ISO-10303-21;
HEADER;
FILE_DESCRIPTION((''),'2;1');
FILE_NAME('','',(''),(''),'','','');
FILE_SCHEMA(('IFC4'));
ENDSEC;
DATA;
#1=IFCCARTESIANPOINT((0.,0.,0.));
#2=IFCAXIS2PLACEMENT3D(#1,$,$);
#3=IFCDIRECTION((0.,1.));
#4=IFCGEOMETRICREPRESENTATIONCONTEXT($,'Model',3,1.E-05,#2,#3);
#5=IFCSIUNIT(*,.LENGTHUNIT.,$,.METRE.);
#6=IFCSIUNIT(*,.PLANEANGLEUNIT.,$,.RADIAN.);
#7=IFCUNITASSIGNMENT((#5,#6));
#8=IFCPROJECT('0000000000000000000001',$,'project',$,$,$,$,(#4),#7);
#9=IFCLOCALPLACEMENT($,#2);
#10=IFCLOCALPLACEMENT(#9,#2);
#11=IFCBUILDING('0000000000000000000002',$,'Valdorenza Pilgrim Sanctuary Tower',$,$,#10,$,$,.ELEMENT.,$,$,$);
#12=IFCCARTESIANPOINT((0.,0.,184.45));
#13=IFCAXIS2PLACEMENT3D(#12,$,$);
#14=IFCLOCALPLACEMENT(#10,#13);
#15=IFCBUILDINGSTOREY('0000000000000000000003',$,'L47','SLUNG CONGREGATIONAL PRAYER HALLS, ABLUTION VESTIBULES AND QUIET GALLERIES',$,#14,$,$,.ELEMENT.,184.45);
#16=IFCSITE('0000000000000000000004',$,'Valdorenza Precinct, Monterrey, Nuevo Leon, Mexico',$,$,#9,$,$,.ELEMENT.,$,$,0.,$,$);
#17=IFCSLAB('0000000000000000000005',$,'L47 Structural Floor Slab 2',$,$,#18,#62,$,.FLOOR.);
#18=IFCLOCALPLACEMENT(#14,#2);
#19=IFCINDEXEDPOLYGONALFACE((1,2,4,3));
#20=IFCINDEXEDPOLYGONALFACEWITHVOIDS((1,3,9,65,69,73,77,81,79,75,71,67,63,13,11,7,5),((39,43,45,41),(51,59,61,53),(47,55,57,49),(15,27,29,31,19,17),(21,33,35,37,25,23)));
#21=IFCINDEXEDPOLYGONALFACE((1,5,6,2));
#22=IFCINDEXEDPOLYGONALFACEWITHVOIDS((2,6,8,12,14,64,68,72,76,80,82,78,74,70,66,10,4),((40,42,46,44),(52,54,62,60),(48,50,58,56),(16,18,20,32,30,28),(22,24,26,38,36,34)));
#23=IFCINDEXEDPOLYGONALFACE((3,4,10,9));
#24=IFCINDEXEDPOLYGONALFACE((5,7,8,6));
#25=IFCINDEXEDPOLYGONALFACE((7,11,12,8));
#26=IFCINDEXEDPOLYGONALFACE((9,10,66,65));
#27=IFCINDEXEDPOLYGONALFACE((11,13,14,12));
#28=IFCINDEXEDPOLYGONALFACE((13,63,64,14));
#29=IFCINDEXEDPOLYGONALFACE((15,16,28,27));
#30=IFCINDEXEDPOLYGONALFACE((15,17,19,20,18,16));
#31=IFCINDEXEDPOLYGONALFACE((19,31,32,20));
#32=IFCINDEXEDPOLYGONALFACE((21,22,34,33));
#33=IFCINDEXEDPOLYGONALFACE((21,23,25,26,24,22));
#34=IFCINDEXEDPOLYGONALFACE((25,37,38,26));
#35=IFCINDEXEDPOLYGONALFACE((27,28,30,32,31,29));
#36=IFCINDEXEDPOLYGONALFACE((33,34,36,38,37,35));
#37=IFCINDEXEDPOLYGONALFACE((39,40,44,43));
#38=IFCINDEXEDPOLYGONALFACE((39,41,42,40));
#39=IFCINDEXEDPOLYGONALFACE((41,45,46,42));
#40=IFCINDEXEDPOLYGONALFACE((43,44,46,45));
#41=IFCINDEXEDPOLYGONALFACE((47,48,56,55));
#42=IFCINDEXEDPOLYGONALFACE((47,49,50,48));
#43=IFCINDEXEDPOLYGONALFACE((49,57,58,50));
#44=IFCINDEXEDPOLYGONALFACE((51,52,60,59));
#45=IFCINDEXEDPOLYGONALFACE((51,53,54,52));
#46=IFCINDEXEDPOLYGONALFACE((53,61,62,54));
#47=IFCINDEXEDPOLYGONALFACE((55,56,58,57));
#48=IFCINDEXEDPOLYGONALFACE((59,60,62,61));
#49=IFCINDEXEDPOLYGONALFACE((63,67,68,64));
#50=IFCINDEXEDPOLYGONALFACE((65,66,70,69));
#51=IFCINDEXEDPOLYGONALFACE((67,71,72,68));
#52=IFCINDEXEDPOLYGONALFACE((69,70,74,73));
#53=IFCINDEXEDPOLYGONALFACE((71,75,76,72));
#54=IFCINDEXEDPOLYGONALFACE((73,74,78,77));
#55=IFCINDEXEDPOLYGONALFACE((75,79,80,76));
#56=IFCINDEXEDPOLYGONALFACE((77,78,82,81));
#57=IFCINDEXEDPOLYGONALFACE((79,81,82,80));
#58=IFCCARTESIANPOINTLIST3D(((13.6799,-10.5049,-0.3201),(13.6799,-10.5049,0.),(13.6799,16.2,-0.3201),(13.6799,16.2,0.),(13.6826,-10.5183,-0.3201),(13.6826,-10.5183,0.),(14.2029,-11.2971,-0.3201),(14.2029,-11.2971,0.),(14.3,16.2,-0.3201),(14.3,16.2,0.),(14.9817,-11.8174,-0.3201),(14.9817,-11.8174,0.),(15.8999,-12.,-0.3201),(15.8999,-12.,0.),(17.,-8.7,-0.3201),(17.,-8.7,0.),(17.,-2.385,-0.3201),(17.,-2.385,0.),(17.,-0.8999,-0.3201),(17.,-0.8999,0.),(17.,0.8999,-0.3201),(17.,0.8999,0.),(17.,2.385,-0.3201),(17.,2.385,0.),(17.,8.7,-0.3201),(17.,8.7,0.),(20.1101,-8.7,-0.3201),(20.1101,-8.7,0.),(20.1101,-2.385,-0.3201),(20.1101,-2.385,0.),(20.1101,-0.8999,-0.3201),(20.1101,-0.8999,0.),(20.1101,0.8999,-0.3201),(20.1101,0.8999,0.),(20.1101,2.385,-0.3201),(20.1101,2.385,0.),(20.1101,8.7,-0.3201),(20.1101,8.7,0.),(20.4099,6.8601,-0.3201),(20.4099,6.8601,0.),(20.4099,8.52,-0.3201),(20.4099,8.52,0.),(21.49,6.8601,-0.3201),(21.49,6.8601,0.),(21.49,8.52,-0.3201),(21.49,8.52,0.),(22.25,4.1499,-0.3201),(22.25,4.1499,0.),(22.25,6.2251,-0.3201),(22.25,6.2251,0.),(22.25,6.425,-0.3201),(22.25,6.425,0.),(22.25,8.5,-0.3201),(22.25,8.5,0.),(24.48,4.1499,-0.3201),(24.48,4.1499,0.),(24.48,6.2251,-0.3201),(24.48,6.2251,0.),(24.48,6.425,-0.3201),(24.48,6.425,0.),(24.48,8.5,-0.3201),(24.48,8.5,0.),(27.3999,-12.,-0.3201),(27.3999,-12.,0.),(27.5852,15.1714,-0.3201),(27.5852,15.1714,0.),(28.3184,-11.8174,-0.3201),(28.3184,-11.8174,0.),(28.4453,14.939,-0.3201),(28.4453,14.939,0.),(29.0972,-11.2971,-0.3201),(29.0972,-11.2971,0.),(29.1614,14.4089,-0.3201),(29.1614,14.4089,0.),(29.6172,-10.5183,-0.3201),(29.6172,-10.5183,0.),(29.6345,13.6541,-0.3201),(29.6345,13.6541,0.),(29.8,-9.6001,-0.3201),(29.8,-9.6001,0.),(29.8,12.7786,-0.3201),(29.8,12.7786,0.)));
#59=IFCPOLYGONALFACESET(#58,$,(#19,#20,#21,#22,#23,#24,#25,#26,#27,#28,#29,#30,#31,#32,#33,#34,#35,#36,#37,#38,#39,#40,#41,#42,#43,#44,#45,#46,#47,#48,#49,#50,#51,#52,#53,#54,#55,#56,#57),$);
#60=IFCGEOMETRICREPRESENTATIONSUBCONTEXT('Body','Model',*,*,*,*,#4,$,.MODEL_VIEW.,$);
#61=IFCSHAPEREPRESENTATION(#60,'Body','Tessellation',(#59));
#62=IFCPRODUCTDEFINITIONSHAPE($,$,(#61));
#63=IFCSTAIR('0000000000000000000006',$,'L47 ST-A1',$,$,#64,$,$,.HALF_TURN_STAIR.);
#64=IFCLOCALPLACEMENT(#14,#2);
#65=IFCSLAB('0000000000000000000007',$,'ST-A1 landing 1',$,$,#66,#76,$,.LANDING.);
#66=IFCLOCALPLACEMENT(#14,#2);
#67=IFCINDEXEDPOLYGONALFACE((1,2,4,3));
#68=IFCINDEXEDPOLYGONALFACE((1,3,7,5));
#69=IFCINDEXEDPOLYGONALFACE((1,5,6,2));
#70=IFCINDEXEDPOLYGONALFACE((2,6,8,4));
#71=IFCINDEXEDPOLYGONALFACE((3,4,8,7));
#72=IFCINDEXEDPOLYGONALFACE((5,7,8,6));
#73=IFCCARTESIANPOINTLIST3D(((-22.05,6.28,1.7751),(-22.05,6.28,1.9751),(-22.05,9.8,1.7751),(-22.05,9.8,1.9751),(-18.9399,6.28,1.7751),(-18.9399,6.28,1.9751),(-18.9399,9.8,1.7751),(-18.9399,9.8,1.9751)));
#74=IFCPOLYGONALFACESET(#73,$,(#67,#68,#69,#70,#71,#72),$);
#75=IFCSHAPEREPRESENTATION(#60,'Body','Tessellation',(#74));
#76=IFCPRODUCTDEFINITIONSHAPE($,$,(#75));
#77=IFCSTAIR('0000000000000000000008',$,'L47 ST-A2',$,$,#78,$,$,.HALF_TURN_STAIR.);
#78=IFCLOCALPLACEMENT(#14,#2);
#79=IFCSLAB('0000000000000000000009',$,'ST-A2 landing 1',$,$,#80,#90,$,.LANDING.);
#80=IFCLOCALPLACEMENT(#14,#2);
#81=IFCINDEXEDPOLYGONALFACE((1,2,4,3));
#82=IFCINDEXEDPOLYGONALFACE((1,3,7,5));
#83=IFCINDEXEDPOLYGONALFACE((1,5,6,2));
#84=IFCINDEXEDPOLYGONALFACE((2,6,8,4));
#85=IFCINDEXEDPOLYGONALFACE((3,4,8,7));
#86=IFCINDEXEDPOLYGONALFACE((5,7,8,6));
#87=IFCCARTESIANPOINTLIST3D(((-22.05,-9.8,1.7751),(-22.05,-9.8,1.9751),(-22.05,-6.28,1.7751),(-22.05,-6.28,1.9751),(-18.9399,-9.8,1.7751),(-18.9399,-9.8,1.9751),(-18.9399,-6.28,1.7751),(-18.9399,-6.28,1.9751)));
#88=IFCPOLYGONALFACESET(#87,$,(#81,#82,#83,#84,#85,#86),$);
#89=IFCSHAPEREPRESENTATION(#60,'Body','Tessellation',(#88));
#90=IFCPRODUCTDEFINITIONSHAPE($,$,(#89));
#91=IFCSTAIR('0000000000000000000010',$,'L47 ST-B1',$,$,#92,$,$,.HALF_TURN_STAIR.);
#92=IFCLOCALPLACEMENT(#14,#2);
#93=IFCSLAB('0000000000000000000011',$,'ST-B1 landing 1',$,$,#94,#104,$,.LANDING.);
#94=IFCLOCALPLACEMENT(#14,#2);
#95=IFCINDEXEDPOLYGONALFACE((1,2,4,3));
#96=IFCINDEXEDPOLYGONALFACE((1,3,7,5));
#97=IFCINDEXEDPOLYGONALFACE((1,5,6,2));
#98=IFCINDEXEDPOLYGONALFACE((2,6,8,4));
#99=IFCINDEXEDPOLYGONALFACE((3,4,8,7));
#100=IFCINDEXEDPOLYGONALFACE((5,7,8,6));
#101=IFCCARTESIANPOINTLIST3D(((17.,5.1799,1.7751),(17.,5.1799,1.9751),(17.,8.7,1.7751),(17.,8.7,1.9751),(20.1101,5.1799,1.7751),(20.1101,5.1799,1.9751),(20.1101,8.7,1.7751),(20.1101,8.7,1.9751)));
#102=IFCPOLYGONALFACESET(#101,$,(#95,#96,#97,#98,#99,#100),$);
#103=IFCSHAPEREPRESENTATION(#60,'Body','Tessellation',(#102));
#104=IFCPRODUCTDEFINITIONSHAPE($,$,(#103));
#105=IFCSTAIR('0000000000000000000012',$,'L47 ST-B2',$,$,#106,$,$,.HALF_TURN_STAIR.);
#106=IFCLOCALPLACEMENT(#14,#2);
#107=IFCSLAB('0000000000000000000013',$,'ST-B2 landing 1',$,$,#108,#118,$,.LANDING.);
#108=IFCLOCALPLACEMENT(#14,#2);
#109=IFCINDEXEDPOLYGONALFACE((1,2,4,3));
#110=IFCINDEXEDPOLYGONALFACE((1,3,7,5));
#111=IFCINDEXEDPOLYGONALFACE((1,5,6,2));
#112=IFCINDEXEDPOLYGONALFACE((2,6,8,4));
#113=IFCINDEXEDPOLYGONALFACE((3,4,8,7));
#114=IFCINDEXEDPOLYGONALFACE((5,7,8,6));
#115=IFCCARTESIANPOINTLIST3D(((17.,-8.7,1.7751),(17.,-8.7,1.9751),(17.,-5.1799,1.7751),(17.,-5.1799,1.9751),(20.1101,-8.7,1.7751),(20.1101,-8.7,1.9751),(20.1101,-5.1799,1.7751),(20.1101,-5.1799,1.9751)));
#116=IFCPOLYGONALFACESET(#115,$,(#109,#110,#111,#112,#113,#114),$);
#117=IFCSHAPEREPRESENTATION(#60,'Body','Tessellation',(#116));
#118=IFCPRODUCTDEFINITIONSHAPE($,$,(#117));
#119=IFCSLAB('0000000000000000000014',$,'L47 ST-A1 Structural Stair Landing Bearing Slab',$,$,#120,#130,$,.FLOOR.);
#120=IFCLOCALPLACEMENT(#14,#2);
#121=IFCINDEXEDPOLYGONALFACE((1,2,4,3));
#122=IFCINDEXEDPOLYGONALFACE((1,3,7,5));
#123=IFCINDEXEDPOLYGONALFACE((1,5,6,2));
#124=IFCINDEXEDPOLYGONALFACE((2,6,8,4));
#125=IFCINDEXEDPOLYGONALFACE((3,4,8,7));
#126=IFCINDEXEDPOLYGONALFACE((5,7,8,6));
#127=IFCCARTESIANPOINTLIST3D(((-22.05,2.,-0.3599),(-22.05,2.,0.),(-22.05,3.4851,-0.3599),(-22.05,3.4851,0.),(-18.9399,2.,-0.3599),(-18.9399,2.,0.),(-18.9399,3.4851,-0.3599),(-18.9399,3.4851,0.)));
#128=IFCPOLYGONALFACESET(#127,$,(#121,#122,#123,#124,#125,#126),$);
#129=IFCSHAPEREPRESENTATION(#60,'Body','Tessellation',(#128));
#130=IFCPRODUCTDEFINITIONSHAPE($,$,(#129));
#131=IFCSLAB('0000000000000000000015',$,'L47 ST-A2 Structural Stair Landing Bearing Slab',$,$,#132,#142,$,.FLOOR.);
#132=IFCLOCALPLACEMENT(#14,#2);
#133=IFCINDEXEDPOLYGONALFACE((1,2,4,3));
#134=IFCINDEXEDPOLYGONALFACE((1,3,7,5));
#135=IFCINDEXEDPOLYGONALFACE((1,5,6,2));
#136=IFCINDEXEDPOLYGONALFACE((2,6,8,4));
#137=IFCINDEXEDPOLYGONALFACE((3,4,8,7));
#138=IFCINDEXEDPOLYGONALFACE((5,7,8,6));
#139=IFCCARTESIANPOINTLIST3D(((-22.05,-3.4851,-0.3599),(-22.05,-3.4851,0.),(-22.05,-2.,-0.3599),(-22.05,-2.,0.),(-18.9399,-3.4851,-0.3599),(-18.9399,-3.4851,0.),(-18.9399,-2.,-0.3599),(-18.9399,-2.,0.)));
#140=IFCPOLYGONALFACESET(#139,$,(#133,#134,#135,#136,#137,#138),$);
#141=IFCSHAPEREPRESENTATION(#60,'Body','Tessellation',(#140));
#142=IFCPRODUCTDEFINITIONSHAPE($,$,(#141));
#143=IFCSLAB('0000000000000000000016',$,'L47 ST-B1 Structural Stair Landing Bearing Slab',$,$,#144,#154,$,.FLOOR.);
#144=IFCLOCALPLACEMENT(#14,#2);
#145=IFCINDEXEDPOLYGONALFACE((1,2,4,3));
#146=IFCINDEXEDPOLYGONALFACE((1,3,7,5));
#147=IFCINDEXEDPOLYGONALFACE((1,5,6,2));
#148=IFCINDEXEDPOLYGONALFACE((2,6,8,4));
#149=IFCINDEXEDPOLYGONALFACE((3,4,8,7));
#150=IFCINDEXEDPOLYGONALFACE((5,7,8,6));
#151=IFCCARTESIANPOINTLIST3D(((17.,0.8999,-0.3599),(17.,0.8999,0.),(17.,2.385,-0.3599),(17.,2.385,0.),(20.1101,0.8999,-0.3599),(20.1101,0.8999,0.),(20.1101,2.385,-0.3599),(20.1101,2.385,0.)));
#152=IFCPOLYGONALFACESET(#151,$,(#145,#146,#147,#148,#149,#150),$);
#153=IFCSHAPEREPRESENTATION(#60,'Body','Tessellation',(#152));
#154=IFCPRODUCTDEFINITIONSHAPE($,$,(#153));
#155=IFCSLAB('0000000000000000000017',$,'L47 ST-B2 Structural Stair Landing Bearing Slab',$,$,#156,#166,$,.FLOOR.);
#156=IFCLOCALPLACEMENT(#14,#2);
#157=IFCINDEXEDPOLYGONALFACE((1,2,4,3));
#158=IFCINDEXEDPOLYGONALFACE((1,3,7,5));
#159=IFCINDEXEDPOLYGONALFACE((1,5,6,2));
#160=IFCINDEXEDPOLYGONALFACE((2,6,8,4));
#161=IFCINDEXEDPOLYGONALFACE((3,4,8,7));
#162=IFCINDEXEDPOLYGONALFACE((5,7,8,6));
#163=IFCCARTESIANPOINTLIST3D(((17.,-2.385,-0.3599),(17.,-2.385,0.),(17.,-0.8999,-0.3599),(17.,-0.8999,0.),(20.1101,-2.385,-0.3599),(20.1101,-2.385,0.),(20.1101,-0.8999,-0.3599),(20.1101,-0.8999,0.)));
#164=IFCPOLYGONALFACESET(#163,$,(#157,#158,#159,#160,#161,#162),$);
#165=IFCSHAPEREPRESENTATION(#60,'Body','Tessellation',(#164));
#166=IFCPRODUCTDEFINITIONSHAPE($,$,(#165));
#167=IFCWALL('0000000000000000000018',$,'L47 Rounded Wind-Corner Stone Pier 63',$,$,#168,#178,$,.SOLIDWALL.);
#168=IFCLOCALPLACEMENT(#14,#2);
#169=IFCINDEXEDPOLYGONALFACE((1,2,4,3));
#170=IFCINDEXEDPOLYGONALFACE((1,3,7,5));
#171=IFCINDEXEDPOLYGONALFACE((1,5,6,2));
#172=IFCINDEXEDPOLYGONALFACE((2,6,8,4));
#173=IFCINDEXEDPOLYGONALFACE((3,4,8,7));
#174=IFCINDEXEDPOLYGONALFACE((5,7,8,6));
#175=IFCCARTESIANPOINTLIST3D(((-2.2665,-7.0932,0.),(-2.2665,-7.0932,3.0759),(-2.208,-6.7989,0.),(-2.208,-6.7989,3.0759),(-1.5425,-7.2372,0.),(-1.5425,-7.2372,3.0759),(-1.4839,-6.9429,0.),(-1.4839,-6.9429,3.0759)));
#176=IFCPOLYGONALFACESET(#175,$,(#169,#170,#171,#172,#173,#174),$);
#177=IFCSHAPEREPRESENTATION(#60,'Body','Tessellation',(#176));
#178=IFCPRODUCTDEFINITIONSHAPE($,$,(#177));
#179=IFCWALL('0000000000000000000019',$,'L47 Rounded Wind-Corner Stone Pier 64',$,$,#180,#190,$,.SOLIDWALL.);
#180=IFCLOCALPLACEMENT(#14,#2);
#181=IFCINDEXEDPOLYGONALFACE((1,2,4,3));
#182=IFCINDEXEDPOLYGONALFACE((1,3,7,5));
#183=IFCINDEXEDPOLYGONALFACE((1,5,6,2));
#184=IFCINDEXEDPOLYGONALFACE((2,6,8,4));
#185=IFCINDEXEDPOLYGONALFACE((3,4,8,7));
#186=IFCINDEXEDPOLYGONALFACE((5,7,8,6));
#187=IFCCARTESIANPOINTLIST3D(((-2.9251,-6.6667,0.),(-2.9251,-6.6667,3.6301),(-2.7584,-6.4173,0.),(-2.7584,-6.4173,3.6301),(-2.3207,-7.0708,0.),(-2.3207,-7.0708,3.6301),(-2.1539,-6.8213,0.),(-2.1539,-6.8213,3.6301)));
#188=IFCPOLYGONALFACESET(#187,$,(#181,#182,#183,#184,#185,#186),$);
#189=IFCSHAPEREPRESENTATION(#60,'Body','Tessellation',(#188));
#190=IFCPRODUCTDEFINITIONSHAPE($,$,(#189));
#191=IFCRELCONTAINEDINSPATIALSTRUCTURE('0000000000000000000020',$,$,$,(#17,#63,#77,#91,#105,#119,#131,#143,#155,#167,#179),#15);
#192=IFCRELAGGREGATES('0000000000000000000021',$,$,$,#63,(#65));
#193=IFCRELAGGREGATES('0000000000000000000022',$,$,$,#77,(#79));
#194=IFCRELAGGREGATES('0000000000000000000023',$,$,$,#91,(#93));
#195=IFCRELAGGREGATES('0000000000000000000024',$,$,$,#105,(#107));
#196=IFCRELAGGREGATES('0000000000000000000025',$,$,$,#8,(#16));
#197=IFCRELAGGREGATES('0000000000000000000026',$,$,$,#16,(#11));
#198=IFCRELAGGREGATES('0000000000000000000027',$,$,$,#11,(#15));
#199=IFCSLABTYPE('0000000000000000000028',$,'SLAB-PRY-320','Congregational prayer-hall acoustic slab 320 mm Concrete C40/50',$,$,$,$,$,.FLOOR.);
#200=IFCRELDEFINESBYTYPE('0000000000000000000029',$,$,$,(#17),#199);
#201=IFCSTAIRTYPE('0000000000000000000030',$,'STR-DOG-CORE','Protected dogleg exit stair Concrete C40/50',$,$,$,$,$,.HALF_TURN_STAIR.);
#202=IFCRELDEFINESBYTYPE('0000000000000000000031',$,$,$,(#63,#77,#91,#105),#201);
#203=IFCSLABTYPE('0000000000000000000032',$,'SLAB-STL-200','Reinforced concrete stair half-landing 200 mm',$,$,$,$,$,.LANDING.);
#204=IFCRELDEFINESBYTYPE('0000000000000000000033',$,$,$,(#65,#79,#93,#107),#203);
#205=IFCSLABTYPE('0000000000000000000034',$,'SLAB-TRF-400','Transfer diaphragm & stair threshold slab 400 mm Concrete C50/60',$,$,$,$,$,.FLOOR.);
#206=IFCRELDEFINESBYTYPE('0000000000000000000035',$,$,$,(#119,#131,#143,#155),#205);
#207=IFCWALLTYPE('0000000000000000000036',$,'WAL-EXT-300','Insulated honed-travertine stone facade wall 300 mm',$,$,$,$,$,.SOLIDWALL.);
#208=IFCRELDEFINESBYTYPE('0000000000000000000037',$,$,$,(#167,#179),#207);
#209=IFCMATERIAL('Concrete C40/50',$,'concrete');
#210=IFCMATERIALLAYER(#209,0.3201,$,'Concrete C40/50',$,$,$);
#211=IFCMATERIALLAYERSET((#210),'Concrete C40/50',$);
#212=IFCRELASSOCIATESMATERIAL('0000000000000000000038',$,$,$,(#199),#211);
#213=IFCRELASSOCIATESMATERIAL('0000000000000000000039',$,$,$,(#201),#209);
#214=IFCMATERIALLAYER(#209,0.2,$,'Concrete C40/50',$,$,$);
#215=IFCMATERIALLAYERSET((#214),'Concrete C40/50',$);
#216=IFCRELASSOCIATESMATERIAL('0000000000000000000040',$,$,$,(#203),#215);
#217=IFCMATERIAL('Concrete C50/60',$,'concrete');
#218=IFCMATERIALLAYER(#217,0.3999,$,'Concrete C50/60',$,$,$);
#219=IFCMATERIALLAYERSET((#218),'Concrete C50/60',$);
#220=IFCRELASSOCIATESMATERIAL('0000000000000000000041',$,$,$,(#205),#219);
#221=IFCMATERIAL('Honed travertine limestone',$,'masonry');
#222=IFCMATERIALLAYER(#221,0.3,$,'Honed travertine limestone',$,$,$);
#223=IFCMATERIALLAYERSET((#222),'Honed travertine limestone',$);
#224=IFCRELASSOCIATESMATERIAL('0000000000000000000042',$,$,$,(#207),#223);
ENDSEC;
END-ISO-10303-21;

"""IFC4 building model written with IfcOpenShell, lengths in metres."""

from ifc_helpers import new_model, si_unit, direction, frame, frame_2d, origin, place, context, subcontext, project, spatial, polyline, rectangle, outline, extrude, material, layer, layer_set, type_object, element, aggregate, save


model = new_model("IFC4")

# Units and contexts
model_context = context("Model", 3, precision=1e-05, world=origin(), true_north=direction((0.0, 1.0)))
body_context = subcontext(model_context, "Body", "Model", "MODEL_VIEW")
ifc_project = project(units=[si_unit("LENGTHUNIT", "METRE"), si_unit("PLANEANGLEUNIT", "RADIAN")], contexts=[model_context])

# Site, building, storey
site_placement = place(None, origin())
site = spatial("IfcSite", under=ifc_project, at=site_placement, Name="Valdorenza Precinct, Monterrey, Nuevo Leon, Mexico", CompositionType="ELEMENT", RefElevation=0.0)
building_placement = place(site_placement, origin())
building = spatial("IfcBuilding", under=site, at=building_placement, Name="Valdorenza Pilgrim Sanctuary Tower", CompositionType="ELEMENT")
storey_placement = place(building_placement, frame((0.0, 0.0, 184.45)))
storey = spatial("IfcBuildingStorey", under=building, at=storey_placement, Name="L47", Description="SLUNG CONGREGATIONAL PRAYER HALLS, ABLUTION VESTIBULES AND QUIET GALLERIES", CompositionType="ELEMENT", Elevation=184.45)

# Slab
ifc_material_1 = material(Name="Concrete C40/50", Category="concrete")
ifc_layer_1 = layer(ifc_material_1, 0.3201, Name="Concrete C40/50")
ifc_layer_set_1 = layer_set([ifc_layer_1], Name="Concrete C40/50")
slab_type_1 = type_object("IfcSlabType", Name="SLAB-PRY-320", Description="Congregational prayer-hall acoustic slab 320 mm Concrete C40/50", PredefinedType="FLOOR", material=ifc_layer_set_1)
slab_1_placement = place(storey_placement, frame((0.0, 0.0, -0.3201)))
element("IfcSlab", 1, at=slab_1_placement, inside=storey, type_object=slab_type_1, Name="L47 Structural Floor Slab 2", PredefinedType="FLOOR", context=body_context, shape_type="SweptSolid", body=[
    extrude(outline(polyline([(27.5852, 15.1714), (28.4453, 14.939), (29.1614, 14.4089), (29.6345, 13.6541), (29.8, 12.7786), (29.8, -9.6001), (29.6172, -10.5183), (29.0972, -11.2971), (28.3184, -11.8174), (27.3999, -12.0), (15.8999, -12.0), (14.9817, -11.8174), (14.2029, -11.2971), (13.6826, -10.5183), (13.6799, -10.5049), (13.6799, 16.2), (14.3, 16.2), (27.5852, 15.1714)]), holes=[polyline([(17.0, -8.7), (20.1101, -8.7), (20.1101, -2.385), (20.1101, -0.8999), (17.0, -0.8999), (17.0, -2.385), (17.0, -8.7)]), polyline([(17.0, 0.8999), (20.1101, 0.8999), (20.1101, 2.385), (20.1101, 8.7), (17.0, 8.7), (17.0, 2.385), (17.0, 0.8999)]), polyline([(22.25, 4.1499), (24.48, 4.1499), (24.48, 6.2251), (22.25, 6.2251), (22.25, 4.1499)]), polyline([(22.25, 6.425), (24.48, 6.425), (24.48, 8.5), (22.25, 8.5), (22.25, 6.425)]), polyline([(20.4099, 6.8601), (21.49, 6.8601), (21.49, 8.52), (20.4099, 8.52), (20.4099, 6.8601)])]), origin(), (0.0, 0.0, 1.0), 0.3201),
])

# Stairs, slabs
stair_type = type_object("IfcStairType", Name="STR-DOG-CORE", Description="Protected dogleg exit stair Concrete C40/50", PredefinedType="HALF_TURN_STAIR", material=ifc_material_1)
stair_1_placement = place(storey_placement, origin())
stair_1 = element("IfcStair", 2, at=stair_1_placement, inside=storey, type_object=stair_type, Name="L47 ST-A1", PredefinedType="HALF_TURN_STAIR")
ifc_layer_2 = layer(ifc_material_1, 0.2, Name="Concrete C40/50")
ifc_layer_set_2 = layer_set([ifc_layer_2], Name="Concrete C40/50")
slab_type_2 = type_object("IfcSlabType", Name="SLAB-STL-200", Description="Reinforced concrete stair half-landing 200 mm", PredefinedType="LANDING", material=ifc_layer_set_2)
slab_2_placement = place(storey_placement, frame((0.0, 0.0, 1.7751)))
slab_2 = element("IfcSlab", 3, at=slab_2_placement, type_object=slab_type_2, Name="ST-A1 landing 1", PredefinedType="LANDING", context=body_context, shape_type="SweptSolid", body=[
    extrude(outline(polyline([(-18.9399, 6.28), (-18.9399, 9.8), (-22.05, 9.8), (-22.05, 6.28), (-18.9399, 6.28)])), origin(), (0.0, 0.0, 1.0), 0.2),
])
aggregate(stair_1, [slab_2])
stair_2_placement = place(storey_placement, origin())
stair_2 = element("IfcStair", 4, at=stair_2_placement, inside=storey, type_object=stair_type, Name="L47 ST-A2", PredefinedType="HALF_TURN_STAIR")
slab_3_placement = place(storey_placement, frame((0.0, 0.0, 1.7751)))
slab_3 = element("IfcSlab", 5, at=slab_3_placement, type_object=slab_type_2, Name="ST-A2 landing 1", PredefinedType="LANDING", context=body_context, shape_type="SweptSolid", body=[
    extrude(outline(polyline([(-22.05, -6.28), (-22.05, -9.8), (-18.9399, -9.8), (-18.9399, -6.28), (-22.05, -6.28)])), origin(), (0.0, 0.0, 1.0), 0.2),
])
aggregate(stair_2, [slab_3])
stair_3_placement = place(storey_placement, origin())
stair_3 = element("IfcStair", 6, at=stair_3_placement, inside=storey, type_object=stair_type, Name="L47 ST-B1", PredefinedType="HALF_TURN_STAIR")
slab_4_placement = place(storey_placement, frame((0.0, 0.0, 1.7751)))
slab_4 = element("IfcSlab", 7, at=slab_4_placement, type_object=slab_type_2, Name="ST-B1 landing 1", PredefinedType="LANDING", context=body_context, shape_type="SweptSolid", body=[
    extrude(outline(polyline([(20.1101, 5.1799), (20.1101, 8.7), (17.0, 8.7), (17.0, 5.1799), (20.1101, 5.1799)])), origin(), (0.0, 0.0, 1.0), 0.2),
])
aggregate(stair_3, [slab_4])
stair_4_placement = place(storey_placement, origin())
stair_4 = element("IfcStair", 8, at=stair_4_placement, inside=storey, type_object=stair_type, Name="L47 ST-B2", PredefinedType="HALF_TURN_STAIR")
slab_5_placement = place(storey_placement, frame((0.0, 0.0, 1.7751)))
slab_5 = element("IfcSlab", 9, at=slab_5_placement, type_object=slab_type_2, Name="ST-B2 landing 1", PredefinedType="LANDING", context=body_context, shape_type="SweptSolid", body=[
    extrude(outline(polyline([(17.0, -5.1799), (17.0, -8.7), (20.1101, -8.7), (20.1101, -5.1799), (17.0, -5.1799)])), origin(), (0.0, 0.0, 1.0), 0.2),
])
aggregate(stair_4, [slab_5])

# Slabs
ifc_material_2 = material(Name="Concrete C50/60", Category="concrete")
ifc_layer_3 = layer(ifc_material_2, 0.3999, Name="Concrete C50/60")
ifc_layer_set_3 = layer_set([ifc_layer_3], Name="Concrete C50/60")
slab_type_3 = type_object("IfcSlabType", Name="SLAB-TRF-400", Description="Transfer diaphragm & stair threshold slab 400 mm Concrete C50/60", PredefinedType="FLOOR", material=ifc_layer_set_3)
slab_6_placement = place(storey_placement, frame((0.0, 0.0, -0.3599)))
element("IfcSlab", 10, at=slab_6_placement, inside=storey, type_object=slab_type_3, Name="L47 ST-A1 Structural Stair Landing Bearing Slab", PredefinedType="FLOOR", context=body_context, shape_type="SweptSolid", body=[
    extrude(outline(polyline([(-22.05, 2.0), (-18.9399, 2.0), (-18.9399, 3.4851), (-22.05, 3.4851), (-22.05, 2.0)])), origin(), (0.0, 0.0, 1.0), 0.3599),
])
slab_7_placement = place(storey_placement, frame((0.0, 0.0, -0.3599)))
element("IfcSlab", 11, at=slab_7_placement, inside=storey, type_object=slab_type_3, Name="L47 ST-A2 Structural Stair Landing Bearing Slab", PredefinedType="FLOOR", context=body_context, shape_type="SweptSolid", body=[
    extrude(outline(polyline([(-22.05, -3.4851), (-18.9399, -3.4851), (-18.9399, -2.0), (-22.05, -2.0), (-22.05, -3.4851)])), origin(), (0.0, 0.0, 1.0), 0.3599),
])
slab_8_placement = place(storey_placement, frame((0.0, 0.0, -0.3599)))
element("IfcSlab", 12, at=slab_8_placement, inside=storey, type_object=slab_type_3, Name="L47 ST-B1 Structural Stair Landing Bearing Slab", PredefinedType="FLOOR", context=body_context, shape_type="SweptSolid", body=[
    extrude(outline(polyline([(17.0, 0.8999), (20.1101, 0.8999), (20.1101, 2.385), (17.0, 2.385), (17.0, 0.8999)])), origin(), (0.0, 0.0, 1.0), 0.3599),
])
slab_9_placement = place(storey_placement, frame((0.0, 0.0, -0.3599)))
element("IfcSlab", 13, at=slab_9_placement, inside=storey, type_object=slab_type_3, Name="L47 ST-B2 Structural Stair Landing Bearing Slab", PredefinedType="FLOOR", context=body_context, shape_type="SweptSolid", body=[
    extrude(outline(polyline([(17.0, -2.385), (20.1101, -2.385), (20.1101, -0.8999), (17.0, -0.8999), (17.0, -2.385)])), origin(), (0.0, 0.0, 1.0), 0.3599),
])

# Walls
ifc_material_3 = material(Name="Honed travertine limestone", Category="masonry")
ifc_layer_4 = layer(ifc_material_3, 0.3, Name="Honed travertine limestone")
ifc_layer_set_4 = layer_set([ifc_layer_4], Name="Honed travertine limestone")
wall_type = type_object("IfcWallType", Name="WAL-EXT-300", Description="Insulated honed-travertine stone facade wall 300 mm", PredefinedType="SOLIDWALL", material=ifc_layer_set_4)
wall_1_placement = place(storey_placement, frame((-1.5132, -7.0901, 0.0), z_axis=(0.0, 0.0, 1.0), x_axis=(-0.980784, 0.195099, 0.0)))
element("IfcWall", 14, at=wall_1_placement, inside=storey, type_object=wall_type, Name="L47 Rounded Wind-Corner Stone Pier 63", PredefinedType="SOLIDWALL", context=body_context, shape_type="SweptSolid", body=[
    extrude(rectangle(XDim=0.7383, YDim=0.3, at=frame_2d((0.3691, 0.0))), origin(), (0.0, 0.0, 1.0), 3.0759),
])
wall_2_placement = place(storey_placement, frame((-2.2373, -6.946, 0.0), z_axis=(0.0, 0.0, 1.0), x_axis=(-0.831378, 0.555707, 0.0)))
element("IfcWall", 15, at=wall_2_placement, inside=storey, type_object=wall_type, Name="L47 Rounded Wind-Corner Stone Pier 64", PredefinedType="SOLIDWALL", context=body_context, shape_type="SweptSolid", body=[
    extrude(rectangle(XDim=0.7271, YDim=0.3, at=frame_2d((0.3635, 0.0))), origin(), (0.0, 0.0, 1.0), 3.6301),
])

save(model, "model.ifc")
